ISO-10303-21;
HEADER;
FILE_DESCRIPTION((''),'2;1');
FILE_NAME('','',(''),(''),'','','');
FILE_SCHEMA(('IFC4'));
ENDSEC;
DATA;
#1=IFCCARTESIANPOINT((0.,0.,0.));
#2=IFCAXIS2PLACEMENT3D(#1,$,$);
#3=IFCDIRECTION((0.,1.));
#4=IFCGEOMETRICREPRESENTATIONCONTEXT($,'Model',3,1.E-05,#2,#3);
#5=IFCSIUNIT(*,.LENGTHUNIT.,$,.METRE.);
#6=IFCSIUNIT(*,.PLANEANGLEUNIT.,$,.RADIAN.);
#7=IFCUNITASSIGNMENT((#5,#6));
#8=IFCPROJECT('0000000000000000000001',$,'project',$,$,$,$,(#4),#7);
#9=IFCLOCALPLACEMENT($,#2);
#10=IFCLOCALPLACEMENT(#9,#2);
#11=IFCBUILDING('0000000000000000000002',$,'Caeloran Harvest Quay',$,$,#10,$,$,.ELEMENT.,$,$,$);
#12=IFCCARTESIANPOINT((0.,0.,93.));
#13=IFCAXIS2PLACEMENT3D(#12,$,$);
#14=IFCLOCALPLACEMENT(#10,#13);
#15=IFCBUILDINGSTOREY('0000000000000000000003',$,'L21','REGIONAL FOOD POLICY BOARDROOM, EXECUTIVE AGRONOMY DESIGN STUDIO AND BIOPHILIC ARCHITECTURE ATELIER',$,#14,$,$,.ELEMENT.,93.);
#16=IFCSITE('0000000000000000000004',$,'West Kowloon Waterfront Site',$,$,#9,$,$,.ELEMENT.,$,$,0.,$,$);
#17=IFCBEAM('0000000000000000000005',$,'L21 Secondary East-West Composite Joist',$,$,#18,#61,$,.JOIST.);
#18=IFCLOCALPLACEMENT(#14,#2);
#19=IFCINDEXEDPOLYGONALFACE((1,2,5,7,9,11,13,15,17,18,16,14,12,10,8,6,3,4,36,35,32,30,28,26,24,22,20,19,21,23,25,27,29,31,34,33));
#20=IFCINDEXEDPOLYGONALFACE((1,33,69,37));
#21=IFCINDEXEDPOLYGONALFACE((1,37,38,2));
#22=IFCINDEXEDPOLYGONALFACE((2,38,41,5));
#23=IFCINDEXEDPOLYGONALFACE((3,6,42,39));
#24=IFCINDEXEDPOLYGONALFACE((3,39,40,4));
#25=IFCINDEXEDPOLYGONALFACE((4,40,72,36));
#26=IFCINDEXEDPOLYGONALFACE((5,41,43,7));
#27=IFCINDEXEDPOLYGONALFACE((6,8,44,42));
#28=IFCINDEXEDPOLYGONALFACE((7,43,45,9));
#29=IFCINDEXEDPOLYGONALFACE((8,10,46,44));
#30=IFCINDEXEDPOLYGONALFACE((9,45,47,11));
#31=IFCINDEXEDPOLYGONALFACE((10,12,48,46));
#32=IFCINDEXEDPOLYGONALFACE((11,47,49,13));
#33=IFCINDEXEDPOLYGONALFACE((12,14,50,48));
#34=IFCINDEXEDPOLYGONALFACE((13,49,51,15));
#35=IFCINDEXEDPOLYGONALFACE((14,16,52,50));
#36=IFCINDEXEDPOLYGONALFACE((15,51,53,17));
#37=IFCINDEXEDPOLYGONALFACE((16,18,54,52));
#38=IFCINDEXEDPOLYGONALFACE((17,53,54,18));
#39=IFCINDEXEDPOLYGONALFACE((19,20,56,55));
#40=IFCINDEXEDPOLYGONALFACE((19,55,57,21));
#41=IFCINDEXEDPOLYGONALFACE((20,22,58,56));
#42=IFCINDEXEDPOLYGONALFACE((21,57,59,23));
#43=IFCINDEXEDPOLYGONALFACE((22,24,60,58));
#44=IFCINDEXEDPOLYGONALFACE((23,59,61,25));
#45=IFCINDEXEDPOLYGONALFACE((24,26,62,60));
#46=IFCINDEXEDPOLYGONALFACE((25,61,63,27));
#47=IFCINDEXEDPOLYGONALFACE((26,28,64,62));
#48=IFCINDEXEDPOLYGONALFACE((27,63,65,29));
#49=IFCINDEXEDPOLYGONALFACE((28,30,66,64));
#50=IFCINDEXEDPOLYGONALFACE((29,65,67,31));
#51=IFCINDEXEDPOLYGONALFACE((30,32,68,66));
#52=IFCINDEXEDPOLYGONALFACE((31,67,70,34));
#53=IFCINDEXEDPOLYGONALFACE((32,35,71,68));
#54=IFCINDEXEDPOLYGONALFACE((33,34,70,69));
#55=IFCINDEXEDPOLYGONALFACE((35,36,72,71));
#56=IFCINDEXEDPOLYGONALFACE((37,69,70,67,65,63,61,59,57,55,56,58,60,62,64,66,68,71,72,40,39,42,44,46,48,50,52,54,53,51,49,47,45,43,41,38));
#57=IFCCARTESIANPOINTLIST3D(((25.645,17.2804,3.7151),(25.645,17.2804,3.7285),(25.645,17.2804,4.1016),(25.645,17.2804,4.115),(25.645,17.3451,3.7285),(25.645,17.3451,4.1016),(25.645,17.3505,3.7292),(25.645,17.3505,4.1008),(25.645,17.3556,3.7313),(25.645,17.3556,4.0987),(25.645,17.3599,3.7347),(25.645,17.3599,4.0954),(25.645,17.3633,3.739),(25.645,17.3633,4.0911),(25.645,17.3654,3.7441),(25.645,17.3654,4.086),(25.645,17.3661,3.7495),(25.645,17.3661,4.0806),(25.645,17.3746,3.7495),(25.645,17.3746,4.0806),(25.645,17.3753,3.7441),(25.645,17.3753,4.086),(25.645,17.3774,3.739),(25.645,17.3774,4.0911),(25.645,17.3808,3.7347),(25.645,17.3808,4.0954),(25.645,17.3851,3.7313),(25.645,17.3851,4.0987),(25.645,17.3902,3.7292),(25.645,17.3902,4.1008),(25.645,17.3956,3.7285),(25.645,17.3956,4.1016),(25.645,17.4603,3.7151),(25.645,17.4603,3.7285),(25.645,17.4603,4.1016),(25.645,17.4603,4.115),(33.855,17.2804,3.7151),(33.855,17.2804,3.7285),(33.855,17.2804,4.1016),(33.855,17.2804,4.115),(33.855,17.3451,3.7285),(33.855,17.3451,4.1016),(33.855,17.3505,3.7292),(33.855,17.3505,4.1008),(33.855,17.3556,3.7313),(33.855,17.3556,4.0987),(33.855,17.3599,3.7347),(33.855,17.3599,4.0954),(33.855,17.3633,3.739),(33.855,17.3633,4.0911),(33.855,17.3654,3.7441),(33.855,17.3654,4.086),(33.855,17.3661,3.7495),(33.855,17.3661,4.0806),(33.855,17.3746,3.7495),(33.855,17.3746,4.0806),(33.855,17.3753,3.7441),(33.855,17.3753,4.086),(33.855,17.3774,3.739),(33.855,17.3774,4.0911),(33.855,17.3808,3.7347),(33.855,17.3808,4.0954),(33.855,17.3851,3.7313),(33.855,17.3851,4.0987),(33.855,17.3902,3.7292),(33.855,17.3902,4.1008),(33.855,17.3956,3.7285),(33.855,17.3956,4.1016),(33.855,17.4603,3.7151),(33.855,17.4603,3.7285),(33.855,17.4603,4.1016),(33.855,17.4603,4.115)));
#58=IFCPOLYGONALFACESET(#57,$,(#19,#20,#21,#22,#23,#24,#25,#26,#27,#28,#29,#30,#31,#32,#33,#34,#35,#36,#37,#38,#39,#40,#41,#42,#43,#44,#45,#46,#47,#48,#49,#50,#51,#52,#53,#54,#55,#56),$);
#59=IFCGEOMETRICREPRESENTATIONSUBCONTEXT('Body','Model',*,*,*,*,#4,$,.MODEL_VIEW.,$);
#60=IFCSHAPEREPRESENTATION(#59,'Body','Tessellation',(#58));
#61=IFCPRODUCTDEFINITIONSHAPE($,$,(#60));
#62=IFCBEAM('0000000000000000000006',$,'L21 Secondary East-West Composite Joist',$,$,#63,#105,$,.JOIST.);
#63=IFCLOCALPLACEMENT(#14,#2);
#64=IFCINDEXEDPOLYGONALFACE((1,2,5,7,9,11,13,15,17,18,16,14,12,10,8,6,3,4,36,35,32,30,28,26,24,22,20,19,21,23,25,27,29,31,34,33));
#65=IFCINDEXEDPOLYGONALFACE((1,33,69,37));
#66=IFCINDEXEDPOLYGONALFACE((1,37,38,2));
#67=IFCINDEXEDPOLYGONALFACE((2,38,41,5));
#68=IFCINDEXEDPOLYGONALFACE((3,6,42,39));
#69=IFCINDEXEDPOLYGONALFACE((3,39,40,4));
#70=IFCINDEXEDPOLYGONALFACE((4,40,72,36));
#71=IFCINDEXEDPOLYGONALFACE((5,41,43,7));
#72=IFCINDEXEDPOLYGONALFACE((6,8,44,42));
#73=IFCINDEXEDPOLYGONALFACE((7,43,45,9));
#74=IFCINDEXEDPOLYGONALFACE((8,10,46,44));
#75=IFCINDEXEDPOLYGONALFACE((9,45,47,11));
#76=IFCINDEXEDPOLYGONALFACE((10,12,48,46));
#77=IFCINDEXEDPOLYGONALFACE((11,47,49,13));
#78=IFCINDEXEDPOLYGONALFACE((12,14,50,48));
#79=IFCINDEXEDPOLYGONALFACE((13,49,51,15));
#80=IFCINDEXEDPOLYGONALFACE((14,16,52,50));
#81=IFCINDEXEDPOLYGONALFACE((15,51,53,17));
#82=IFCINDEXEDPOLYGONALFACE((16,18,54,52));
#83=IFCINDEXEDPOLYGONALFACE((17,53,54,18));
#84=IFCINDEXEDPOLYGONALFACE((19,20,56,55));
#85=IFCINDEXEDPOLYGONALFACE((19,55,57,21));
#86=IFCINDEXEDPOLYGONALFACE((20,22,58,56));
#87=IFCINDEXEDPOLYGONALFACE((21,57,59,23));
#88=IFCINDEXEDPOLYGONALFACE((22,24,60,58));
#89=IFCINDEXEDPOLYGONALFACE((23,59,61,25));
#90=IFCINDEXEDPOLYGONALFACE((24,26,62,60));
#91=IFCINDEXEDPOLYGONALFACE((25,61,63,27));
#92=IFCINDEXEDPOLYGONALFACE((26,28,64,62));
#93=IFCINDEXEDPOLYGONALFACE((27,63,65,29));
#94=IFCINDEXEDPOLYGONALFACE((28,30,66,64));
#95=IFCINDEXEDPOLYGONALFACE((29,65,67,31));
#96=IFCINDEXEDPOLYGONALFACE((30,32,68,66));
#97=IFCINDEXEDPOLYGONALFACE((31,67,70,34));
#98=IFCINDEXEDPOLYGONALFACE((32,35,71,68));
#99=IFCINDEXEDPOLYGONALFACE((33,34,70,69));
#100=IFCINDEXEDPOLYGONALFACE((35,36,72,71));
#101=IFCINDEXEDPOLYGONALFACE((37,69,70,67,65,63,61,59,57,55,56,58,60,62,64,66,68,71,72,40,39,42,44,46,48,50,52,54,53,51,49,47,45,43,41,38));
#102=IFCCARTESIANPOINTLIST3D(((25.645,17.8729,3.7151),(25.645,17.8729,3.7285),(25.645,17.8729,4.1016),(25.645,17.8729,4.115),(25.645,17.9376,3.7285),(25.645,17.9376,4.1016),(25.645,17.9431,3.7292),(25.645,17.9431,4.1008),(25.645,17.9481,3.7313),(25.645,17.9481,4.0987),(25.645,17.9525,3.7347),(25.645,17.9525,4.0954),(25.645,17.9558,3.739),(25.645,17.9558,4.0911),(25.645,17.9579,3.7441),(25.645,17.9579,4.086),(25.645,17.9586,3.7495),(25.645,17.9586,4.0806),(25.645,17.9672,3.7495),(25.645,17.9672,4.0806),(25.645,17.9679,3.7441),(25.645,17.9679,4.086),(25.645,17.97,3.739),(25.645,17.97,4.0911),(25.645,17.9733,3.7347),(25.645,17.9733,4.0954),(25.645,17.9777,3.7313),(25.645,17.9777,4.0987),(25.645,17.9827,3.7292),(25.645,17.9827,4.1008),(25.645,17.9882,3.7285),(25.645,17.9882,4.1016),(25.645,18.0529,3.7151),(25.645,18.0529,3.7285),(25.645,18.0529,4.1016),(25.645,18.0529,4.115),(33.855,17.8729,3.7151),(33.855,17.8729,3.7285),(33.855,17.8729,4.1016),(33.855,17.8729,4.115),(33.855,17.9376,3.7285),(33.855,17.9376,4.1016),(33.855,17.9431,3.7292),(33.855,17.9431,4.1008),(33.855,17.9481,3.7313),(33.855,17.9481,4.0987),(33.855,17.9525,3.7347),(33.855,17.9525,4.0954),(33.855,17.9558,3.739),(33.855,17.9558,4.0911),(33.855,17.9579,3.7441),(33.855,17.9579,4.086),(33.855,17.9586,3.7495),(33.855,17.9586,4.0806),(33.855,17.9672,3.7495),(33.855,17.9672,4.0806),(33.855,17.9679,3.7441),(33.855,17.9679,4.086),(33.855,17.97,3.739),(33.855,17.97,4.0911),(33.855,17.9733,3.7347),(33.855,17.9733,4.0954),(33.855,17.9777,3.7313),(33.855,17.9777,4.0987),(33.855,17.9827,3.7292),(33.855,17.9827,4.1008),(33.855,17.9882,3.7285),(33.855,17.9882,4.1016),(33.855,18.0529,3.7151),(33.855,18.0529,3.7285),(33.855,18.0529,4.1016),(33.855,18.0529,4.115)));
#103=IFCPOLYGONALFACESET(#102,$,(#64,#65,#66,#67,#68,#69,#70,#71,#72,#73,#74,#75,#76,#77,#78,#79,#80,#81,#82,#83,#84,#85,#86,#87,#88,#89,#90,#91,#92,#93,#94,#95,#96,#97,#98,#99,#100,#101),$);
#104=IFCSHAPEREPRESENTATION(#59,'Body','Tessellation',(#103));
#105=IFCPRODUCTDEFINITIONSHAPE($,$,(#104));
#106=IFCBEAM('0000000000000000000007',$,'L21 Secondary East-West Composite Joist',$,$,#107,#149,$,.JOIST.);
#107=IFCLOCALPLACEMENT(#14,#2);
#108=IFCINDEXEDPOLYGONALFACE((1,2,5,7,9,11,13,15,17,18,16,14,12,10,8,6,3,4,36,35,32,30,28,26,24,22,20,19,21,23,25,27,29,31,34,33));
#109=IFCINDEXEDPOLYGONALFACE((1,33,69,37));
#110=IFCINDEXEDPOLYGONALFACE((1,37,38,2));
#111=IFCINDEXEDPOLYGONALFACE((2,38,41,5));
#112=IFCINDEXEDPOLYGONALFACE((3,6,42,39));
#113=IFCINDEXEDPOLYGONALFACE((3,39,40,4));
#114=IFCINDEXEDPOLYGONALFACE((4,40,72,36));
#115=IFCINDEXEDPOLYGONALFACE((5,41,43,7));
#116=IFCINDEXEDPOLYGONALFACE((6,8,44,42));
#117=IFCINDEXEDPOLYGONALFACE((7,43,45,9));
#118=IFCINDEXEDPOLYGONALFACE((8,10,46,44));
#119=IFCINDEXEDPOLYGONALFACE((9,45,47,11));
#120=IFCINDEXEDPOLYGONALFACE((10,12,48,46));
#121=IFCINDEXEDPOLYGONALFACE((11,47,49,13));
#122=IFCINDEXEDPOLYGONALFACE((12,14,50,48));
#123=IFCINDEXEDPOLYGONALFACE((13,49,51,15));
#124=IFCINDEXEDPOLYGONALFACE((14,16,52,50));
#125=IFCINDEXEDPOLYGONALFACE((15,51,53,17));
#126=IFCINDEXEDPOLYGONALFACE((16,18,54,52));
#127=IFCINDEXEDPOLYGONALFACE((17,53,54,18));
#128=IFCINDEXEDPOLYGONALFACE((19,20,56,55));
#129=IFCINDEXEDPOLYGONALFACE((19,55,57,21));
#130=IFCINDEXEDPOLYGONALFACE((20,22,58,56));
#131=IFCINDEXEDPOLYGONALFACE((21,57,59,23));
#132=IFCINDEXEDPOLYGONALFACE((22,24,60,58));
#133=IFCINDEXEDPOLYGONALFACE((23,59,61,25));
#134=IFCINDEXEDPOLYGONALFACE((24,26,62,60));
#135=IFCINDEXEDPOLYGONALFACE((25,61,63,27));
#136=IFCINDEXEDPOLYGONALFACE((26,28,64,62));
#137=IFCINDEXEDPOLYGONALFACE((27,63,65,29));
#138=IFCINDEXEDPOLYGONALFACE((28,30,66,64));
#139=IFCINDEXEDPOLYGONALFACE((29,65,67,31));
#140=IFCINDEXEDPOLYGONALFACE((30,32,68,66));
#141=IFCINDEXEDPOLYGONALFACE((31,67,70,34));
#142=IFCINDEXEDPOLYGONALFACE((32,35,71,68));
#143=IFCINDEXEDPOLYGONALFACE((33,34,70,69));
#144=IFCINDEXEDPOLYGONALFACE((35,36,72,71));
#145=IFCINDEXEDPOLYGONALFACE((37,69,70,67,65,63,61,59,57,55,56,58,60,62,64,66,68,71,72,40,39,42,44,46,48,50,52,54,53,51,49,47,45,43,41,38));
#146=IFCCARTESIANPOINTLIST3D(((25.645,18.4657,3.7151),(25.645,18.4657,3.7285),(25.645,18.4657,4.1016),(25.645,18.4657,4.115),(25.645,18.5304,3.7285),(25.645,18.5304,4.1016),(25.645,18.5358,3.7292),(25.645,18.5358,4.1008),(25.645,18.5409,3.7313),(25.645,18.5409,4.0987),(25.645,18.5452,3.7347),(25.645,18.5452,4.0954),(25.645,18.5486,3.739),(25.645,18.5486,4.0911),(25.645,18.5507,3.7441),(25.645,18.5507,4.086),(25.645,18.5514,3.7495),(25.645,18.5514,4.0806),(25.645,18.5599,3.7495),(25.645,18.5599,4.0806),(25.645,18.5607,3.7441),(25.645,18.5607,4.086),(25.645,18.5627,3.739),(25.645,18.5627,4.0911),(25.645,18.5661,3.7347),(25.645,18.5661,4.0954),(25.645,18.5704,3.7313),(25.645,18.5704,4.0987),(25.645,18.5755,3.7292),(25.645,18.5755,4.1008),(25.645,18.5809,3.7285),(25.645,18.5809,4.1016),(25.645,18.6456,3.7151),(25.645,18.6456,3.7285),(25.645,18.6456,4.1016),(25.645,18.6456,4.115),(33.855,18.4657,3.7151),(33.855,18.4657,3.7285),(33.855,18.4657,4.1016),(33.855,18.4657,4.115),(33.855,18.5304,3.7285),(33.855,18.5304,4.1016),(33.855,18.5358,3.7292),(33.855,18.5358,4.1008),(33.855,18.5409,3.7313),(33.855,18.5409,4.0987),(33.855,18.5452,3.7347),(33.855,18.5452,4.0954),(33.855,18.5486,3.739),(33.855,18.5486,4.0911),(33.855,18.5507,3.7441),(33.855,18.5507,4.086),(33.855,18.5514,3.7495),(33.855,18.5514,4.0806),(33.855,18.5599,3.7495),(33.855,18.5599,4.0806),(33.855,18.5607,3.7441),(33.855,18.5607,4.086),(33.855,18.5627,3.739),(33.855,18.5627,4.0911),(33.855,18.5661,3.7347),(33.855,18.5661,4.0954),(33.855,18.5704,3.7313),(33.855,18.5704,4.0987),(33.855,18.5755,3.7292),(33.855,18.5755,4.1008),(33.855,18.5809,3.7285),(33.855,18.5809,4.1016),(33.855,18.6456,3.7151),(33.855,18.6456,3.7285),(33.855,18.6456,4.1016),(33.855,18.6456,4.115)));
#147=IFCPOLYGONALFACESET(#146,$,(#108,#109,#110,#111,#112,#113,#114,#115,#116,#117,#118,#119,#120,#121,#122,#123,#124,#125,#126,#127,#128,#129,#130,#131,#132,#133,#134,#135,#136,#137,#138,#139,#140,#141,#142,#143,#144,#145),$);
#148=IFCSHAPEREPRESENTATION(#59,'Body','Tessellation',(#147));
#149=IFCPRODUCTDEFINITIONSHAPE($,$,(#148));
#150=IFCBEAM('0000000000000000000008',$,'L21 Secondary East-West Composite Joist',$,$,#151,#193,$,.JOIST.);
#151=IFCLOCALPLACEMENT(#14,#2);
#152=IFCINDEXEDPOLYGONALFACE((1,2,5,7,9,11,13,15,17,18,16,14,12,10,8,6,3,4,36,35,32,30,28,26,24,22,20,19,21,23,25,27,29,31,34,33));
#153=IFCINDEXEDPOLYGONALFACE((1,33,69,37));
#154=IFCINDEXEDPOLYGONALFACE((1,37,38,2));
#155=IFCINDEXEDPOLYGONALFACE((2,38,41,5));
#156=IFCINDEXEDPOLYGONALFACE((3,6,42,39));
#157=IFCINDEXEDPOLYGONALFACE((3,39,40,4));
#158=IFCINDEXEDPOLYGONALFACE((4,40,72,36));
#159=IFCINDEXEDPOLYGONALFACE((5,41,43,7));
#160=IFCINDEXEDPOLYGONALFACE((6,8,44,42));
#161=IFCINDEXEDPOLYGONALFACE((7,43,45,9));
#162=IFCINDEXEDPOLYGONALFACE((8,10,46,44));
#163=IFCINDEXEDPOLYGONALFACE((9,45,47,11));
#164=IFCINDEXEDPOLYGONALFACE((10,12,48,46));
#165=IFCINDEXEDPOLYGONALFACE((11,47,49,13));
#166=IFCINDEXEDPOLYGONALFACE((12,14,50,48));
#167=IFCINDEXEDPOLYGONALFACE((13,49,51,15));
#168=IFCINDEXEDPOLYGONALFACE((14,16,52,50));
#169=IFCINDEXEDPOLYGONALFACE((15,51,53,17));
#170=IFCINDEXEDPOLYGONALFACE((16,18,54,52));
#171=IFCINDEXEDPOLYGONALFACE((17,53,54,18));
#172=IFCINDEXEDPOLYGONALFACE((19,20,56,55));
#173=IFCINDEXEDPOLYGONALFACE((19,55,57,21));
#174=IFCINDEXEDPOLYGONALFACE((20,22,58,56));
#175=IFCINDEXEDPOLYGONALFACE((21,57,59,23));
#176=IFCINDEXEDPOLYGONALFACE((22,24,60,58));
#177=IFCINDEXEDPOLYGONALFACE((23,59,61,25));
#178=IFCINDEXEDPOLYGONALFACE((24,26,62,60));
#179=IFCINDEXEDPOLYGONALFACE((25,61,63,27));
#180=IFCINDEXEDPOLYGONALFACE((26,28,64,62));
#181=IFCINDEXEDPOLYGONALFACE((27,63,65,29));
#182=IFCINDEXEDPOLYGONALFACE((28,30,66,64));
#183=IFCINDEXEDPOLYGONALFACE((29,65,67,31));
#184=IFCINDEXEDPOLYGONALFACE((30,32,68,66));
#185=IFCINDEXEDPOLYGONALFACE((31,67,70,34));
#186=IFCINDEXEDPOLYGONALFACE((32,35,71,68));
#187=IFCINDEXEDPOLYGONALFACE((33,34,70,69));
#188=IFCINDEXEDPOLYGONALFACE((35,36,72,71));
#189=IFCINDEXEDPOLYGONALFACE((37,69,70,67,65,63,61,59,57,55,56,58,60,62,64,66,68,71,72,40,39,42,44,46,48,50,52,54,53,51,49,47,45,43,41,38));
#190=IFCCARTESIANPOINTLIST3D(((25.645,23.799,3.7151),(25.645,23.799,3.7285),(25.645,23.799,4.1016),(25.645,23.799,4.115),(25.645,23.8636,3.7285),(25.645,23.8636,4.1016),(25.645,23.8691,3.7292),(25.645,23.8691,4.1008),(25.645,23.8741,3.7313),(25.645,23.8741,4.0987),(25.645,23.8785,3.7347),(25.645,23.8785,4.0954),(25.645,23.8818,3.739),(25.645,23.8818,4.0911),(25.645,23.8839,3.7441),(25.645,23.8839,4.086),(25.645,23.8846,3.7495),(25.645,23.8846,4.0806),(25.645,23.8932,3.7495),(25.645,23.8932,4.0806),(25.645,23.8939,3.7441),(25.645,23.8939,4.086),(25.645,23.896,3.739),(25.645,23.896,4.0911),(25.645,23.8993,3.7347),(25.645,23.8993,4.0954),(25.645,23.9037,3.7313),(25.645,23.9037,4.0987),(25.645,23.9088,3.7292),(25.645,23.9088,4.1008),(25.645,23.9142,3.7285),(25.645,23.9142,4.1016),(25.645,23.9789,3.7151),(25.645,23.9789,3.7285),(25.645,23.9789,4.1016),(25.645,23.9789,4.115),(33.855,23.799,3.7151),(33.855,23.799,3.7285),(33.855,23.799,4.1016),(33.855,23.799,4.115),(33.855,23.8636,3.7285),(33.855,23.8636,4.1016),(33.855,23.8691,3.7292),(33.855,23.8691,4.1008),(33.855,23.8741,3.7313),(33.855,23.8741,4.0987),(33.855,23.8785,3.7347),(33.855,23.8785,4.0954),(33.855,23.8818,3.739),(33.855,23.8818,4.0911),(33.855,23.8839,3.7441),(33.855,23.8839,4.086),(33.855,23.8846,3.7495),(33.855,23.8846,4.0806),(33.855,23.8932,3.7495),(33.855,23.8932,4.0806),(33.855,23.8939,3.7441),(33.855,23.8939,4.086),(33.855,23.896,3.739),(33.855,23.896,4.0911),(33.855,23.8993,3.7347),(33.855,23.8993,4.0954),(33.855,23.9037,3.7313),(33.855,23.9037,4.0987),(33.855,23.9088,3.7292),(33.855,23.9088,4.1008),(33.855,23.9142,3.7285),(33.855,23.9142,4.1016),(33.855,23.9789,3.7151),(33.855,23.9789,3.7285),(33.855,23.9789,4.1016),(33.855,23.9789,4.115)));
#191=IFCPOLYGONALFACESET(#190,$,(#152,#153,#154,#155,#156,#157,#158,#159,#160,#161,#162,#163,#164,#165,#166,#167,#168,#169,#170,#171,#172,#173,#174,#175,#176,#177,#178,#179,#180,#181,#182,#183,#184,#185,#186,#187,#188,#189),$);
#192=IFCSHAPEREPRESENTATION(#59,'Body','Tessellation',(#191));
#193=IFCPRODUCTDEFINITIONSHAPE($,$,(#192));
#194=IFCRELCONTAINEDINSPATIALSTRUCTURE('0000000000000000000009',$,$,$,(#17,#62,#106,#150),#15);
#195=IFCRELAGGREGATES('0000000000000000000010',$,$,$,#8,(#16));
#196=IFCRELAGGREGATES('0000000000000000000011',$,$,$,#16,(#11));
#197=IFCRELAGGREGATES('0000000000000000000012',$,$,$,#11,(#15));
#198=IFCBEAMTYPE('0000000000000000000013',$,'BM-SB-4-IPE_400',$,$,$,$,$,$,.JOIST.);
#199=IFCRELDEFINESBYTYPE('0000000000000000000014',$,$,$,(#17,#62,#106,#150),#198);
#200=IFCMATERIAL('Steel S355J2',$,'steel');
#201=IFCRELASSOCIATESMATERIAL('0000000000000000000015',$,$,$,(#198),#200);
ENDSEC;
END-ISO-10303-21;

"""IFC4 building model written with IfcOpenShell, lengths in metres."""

from ifc_helpers import new_model, si_unit, direction, frame, origin, origin_2d, place, context, subcontext, project, spatial, i_section, extrude, material, material_profile, profile_set, type_object, element, save


model = new_model("IFC4")

# Units and contexts
model_context = context("Model", 3, precision=1e-05, world=origin(), true_north=direction((0.0, 1.0)))
body_context = subcontext(model_context, "Body", "Model", "MODEL_VIEW")
ifc_project = project(units=[si_unit("LENGTHUNIT", "METRE"), si_unit("PLANEANGLEUNIT", "RADIAN")], contexts=[model_context])

# Site, building, storey
site_placement = place(None, origin())
site = spatial("IfcSite", under=ifc_project, at=site_placement, Name="West Kowloon Waterfront Site", CompositionType="ELEMENT", RefElevation=0.0)
building_placement = place(site_placement, origin())
building = spatial("IfcBuilding", under=site, at=building_placement, Name="Caeloran Harvest Quay", CompositionType="ELEMENT")
storey_placement = place(building_placement, frame((0.0, 0.0, 93.0)))
storey = spatial("IfcBuildingStorey", under=building, at=storey_placement, Name="L21", Description="REGIONAL FOOD POLICY BOARDROOM, EXECUTIVE AGRONOMY DESIGN STUDIO AND BIOPHILIC ARCHITECTURE ATELIER", CompositionType="ELEMENT", Elevation=93.0)

# Beams
ifc_material_1 = material(Name="Steel S355J2", Category="steel")
ifc_material_profile_1 = material_profile(ifc_material_1, i_section(OverallWidth=0.1799, OverallDepth=0.3999, WebThickness=0.0085, FlangeThickness=0.0134, FilletRadius=0.021, at=origin_2d()), Name="IPE 400")
ifc_profile_set_1 = profile_set([ifc_material_profile_1], Name="Steel S355J2")
beam_type_1 = type_object("IfcBeamType", Name="BM-SB-4-IPE_400", PredefinedType="JOIST", material=ifc_profile_set_1)
for number, where, z_axis, x_axis, name in (
    (1, (25.645, 17.3704, 3.915), (1.0, 0.0, 0.0), (0.0, 1.0, 0.0), "L21 Secondary East-West Composite Joist"),
    (2, (25.645, 17.9629, 3.915), (1.0, 0.0, 0.0), (0.0, 1.0, 0.0), "L21 Secondary East-West Composite Joist"),
    (3, (25.645, 18.5557, 3.915), (1.0, 0.0, 0.0), (0.0, 1.0, 0.0), "L21 Secondary East-West Composite Joist"),
    (4, (25.645, 23.8889, 3.915), (1.0, 0.0, 0.0), (0.0, 1.0, 0.0), "L21 Secondary East-West Composite Joist"),
):
    element("IfcBeam", number, at=place(storey_placement, frame(where, z_axis=z_axis, x_axis=x_axis)), inside=storey, type_object=beam_type_1, Name=name, PredefinedType="JOIST", context=body_context, shape_type="SweptSolid", body=[
        extrude(i_section(OverallWidth=0.1799, OverallDepth=0.3999, WebThickness=0.0085, FlangeThickness=0.0134, FilletRadius=0.021, at=origin_2d()), origin(), (0.0, 0.0, 1.0), 8.21),
    ])

save(model, "model.ifc")
